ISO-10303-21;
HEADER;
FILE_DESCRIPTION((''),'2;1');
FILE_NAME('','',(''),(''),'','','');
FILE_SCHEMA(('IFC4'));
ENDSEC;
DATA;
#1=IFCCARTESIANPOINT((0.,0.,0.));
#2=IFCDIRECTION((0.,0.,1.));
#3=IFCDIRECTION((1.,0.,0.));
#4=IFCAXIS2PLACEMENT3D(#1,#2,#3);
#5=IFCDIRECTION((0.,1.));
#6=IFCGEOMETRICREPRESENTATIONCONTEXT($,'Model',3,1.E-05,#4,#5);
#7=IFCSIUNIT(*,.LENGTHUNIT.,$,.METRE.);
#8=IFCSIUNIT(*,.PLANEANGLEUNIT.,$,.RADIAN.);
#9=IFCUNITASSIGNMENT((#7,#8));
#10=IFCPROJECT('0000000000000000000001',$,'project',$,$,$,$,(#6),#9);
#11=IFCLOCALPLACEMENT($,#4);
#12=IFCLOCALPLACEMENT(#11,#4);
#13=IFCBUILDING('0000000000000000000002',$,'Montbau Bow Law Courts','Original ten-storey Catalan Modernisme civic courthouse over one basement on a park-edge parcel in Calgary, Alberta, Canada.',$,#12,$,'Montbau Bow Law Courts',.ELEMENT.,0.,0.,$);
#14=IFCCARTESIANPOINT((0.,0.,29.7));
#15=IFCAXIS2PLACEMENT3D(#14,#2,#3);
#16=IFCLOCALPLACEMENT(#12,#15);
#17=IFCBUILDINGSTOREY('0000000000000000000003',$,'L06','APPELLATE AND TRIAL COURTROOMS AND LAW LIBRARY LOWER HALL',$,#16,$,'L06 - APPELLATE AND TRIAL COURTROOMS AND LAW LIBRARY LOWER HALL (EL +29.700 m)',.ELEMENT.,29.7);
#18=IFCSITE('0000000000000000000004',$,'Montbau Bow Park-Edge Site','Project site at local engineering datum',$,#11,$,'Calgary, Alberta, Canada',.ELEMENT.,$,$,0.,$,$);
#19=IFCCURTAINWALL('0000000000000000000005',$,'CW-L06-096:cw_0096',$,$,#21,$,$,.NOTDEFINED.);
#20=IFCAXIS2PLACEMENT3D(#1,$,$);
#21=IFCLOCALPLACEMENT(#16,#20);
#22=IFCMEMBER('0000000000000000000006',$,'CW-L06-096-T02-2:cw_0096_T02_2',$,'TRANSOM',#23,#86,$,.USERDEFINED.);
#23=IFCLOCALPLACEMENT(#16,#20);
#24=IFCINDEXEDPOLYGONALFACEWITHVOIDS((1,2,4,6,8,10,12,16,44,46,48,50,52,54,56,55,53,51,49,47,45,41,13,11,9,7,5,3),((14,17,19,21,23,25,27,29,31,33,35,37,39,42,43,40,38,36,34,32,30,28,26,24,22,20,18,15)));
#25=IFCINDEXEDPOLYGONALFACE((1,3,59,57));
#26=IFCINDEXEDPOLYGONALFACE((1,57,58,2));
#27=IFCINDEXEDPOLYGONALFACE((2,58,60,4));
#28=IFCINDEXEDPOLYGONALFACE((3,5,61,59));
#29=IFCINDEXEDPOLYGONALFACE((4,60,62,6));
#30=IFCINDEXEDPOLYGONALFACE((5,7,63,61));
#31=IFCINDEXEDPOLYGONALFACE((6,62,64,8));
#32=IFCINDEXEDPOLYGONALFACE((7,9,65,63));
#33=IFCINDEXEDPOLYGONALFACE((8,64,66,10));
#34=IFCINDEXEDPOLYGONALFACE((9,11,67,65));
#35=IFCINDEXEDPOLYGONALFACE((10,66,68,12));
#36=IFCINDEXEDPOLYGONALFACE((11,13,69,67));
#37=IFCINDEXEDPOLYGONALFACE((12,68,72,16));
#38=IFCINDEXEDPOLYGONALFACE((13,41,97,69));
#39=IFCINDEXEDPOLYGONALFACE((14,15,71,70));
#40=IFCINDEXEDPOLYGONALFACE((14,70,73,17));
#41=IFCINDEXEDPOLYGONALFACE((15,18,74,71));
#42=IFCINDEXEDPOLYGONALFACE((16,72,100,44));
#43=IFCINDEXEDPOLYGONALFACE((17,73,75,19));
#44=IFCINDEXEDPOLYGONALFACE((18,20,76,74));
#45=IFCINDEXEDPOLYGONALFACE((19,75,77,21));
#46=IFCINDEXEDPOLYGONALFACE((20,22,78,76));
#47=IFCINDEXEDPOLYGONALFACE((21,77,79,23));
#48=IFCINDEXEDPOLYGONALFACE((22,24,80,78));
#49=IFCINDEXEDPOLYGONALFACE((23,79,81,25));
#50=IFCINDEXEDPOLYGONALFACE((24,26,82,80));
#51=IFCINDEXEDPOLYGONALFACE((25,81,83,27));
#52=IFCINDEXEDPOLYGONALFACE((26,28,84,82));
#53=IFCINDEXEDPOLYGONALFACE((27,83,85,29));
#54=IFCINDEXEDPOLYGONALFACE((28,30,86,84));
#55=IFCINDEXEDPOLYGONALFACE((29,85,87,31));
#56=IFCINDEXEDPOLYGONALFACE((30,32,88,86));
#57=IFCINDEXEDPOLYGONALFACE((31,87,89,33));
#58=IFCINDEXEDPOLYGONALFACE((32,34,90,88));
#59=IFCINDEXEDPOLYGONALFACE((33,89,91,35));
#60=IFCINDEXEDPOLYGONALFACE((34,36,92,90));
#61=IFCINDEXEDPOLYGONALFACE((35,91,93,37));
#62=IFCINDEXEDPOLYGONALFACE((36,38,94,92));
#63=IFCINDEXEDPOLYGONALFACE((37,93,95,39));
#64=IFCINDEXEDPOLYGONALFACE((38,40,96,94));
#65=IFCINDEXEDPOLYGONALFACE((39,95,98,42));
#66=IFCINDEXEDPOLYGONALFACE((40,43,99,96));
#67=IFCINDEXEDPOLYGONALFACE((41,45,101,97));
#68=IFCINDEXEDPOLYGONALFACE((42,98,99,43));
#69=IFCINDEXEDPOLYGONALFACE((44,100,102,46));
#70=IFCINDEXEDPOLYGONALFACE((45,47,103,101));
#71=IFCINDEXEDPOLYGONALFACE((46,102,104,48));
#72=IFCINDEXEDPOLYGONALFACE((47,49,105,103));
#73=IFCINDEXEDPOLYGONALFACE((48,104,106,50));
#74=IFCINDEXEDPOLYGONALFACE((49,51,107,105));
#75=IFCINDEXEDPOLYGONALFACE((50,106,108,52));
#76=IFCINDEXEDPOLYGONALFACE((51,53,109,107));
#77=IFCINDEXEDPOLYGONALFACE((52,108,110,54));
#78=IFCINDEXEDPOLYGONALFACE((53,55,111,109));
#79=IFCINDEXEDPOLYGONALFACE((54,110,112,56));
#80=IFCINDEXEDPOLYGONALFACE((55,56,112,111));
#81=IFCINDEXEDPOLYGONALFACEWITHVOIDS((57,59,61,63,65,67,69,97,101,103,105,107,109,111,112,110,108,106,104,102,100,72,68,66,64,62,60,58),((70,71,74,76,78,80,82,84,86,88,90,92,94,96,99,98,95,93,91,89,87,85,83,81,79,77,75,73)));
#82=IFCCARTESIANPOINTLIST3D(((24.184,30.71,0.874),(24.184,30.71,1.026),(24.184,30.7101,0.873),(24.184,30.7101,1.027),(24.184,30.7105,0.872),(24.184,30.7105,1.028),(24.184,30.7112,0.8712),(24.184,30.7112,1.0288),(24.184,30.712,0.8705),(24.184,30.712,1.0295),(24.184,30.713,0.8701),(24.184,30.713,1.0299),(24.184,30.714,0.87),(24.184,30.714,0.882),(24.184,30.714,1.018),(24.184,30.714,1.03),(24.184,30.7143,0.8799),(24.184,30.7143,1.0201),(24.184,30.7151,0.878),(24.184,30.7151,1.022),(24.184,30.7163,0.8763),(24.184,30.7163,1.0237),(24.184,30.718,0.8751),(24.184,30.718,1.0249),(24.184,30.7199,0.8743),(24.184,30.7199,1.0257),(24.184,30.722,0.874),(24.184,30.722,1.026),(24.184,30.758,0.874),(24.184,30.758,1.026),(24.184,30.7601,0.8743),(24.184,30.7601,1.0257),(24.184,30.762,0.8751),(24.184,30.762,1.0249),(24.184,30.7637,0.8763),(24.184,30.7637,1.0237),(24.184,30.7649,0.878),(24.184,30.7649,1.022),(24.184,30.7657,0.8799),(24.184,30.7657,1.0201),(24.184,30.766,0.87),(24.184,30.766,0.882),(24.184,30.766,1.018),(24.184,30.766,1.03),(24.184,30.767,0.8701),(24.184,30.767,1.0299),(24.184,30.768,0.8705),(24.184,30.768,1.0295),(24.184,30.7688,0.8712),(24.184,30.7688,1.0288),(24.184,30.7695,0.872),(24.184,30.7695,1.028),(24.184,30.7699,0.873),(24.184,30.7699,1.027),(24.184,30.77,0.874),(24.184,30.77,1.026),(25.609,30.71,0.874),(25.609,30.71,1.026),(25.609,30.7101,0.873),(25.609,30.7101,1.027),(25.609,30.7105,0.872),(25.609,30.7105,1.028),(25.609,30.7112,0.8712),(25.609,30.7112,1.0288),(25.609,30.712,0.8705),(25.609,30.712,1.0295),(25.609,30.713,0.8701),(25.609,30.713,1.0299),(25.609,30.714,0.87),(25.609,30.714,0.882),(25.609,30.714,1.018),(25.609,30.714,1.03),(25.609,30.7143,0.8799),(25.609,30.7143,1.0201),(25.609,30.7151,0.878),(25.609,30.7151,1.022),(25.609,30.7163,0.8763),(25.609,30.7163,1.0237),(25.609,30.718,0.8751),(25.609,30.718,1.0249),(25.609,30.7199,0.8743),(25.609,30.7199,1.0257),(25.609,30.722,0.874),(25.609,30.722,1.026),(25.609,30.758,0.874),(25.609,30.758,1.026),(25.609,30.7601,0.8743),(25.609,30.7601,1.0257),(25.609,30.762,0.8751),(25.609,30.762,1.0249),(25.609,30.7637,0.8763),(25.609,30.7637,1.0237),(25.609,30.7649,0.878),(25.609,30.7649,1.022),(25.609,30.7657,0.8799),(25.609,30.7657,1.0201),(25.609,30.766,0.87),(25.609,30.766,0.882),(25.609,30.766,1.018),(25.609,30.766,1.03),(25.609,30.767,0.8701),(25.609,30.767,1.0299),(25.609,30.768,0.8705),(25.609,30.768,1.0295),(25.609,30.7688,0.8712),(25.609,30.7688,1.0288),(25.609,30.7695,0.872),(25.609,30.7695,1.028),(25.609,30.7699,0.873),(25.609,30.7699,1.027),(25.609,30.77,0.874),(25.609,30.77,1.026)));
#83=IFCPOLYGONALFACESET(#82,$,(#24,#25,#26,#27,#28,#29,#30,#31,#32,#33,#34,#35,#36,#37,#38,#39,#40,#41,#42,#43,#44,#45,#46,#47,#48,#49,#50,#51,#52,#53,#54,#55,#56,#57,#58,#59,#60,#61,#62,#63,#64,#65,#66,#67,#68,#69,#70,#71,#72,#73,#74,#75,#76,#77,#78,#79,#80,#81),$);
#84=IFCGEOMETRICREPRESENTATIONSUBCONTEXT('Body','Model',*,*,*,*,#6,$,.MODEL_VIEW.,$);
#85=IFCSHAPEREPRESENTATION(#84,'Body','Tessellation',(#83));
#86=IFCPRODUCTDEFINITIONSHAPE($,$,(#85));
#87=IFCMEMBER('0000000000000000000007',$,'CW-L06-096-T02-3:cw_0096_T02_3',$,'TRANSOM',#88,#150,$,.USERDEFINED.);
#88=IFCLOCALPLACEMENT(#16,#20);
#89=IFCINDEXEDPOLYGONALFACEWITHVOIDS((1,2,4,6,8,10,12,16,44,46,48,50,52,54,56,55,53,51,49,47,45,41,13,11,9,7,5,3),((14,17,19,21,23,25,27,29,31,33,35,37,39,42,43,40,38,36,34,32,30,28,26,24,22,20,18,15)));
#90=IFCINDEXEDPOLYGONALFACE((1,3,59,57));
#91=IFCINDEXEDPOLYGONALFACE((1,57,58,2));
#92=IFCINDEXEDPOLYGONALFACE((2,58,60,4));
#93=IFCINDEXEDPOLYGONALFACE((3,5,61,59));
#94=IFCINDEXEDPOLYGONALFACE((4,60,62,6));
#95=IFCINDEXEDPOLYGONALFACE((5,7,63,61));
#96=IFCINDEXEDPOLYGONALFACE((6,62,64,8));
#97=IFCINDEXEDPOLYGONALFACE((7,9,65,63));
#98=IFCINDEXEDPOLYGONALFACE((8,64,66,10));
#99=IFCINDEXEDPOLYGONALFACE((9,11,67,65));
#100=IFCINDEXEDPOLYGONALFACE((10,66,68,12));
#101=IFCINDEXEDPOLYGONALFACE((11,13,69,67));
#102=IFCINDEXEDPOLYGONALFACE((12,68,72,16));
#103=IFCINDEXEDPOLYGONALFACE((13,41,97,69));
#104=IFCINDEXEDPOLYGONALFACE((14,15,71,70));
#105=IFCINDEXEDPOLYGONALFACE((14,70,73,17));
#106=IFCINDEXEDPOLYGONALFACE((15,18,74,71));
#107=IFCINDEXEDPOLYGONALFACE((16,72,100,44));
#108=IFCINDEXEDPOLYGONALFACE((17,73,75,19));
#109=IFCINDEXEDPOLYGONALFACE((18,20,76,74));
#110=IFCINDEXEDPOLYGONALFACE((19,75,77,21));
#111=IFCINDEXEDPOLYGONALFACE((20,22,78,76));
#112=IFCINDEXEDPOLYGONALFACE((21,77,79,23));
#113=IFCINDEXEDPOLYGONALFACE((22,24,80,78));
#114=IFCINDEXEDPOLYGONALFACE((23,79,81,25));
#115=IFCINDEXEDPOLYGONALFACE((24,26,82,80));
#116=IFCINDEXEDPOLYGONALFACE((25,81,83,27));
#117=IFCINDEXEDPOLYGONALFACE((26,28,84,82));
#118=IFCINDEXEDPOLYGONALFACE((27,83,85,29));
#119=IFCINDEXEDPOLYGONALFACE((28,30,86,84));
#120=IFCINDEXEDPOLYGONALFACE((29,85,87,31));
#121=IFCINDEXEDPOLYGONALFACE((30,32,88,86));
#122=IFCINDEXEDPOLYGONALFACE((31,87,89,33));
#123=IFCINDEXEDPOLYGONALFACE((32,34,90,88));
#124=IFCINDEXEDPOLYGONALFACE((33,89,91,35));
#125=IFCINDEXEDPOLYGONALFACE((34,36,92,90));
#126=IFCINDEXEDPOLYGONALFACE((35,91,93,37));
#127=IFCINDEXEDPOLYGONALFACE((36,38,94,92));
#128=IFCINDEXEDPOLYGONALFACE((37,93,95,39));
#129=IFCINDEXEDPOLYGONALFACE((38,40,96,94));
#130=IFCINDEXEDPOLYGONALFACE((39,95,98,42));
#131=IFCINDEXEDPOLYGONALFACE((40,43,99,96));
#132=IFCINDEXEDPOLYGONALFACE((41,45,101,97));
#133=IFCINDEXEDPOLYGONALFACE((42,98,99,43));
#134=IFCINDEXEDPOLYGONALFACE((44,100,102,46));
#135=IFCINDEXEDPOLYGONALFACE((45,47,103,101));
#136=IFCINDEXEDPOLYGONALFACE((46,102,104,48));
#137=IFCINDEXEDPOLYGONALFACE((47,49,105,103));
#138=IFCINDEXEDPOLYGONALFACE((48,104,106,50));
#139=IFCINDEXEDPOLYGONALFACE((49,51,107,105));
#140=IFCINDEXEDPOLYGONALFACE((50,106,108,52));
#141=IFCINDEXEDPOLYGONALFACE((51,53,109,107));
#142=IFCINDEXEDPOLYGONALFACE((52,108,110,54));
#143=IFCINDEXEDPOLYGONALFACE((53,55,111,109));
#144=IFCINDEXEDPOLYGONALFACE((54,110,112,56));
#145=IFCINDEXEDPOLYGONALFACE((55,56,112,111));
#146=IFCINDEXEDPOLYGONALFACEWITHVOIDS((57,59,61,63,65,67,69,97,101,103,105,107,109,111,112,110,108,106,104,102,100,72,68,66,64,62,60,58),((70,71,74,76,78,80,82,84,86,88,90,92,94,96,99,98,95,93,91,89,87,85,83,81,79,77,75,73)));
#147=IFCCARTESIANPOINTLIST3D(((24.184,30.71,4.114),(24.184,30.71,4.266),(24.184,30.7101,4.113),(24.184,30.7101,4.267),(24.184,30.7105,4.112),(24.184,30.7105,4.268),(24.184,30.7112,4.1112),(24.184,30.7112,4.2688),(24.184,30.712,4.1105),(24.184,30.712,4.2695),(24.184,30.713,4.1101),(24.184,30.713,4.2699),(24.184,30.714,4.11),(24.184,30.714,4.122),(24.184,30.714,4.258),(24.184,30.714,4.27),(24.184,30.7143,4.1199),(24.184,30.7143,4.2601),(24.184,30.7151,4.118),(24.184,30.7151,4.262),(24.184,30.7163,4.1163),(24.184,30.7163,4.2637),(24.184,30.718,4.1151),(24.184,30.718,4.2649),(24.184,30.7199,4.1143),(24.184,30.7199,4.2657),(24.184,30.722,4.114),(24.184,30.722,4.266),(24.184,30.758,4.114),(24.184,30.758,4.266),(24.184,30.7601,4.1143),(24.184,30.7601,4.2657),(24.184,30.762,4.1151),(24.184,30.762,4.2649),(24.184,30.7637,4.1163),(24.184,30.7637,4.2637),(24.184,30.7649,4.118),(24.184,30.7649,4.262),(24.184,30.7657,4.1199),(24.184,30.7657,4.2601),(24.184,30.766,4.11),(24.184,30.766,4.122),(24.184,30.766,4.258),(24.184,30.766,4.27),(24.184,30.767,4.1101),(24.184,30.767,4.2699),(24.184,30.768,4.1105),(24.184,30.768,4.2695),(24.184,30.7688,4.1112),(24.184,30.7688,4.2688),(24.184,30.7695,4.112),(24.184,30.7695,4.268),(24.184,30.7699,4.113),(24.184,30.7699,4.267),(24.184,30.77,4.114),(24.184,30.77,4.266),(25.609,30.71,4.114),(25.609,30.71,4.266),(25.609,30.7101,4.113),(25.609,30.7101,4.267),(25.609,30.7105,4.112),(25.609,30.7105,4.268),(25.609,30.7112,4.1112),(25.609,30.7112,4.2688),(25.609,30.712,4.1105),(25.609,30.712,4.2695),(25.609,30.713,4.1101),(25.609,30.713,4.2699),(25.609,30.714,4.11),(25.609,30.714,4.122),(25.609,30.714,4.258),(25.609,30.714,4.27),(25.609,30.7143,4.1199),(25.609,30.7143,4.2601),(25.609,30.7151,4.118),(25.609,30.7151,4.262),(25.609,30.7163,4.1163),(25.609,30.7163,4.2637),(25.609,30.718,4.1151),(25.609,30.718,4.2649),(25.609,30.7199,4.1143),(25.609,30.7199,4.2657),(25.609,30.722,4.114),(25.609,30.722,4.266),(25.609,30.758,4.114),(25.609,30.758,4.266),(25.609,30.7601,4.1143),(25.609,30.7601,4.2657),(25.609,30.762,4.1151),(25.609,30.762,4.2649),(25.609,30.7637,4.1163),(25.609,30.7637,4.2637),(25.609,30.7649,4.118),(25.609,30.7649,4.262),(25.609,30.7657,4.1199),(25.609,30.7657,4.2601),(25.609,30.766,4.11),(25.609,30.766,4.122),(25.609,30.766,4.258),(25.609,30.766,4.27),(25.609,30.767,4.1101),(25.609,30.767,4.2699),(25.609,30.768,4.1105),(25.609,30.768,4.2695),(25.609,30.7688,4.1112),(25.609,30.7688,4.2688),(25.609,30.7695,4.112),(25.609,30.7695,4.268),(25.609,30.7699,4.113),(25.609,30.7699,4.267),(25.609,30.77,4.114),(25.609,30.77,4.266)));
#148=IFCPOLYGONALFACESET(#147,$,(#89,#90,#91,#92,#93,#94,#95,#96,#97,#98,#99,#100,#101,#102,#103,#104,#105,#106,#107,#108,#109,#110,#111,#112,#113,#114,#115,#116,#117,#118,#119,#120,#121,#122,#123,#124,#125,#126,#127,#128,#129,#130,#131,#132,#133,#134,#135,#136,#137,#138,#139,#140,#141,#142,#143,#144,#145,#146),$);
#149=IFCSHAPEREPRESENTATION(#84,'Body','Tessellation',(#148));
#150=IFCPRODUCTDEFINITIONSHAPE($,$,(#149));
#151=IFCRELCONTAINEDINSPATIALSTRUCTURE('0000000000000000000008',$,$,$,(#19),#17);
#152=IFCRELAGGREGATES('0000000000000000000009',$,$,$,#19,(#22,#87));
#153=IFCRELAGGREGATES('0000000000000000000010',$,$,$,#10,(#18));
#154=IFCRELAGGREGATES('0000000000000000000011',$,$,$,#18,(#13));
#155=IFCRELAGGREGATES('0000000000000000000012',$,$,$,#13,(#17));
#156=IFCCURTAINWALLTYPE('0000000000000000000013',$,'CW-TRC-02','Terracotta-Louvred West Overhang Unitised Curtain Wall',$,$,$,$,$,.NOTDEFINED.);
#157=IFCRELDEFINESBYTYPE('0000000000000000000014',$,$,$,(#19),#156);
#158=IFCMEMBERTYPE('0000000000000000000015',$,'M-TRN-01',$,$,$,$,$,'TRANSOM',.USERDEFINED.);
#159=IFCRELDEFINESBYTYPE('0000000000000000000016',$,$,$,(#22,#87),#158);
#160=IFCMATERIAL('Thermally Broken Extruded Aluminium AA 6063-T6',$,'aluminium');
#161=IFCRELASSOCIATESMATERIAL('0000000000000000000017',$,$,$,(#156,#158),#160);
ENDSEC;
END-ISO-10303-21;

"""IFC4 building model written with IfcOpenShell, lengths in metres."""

from ifc_helpers import new_model, si_unit, direction, frame, origin_with_axes, origin_2d_with_axis, place, context, subcontext, project, spatial, hollow_rectangle, extrude, material, material_profile, profile_set, type_object, element, aggregate, save


model = new_model("IFC4")

# Units and contexts
model_context = context("Model", 3, precision=1e-05, world=origin_with_axes(), true_north=direction((0.0, 1.0)))
body_context = subcontext(model_context, "Body", "Model", "MODEL_VIEW")
ifc_project = project(units=[si_unit("LENGTHUNIT", "METRE"), si_unit("PLANEANGLEUNIT", "RADIAN")], contexts=[model_context])

# Site, building, storey
site_placement = place(None, origin_with_axes())
site = spatial("IfcSite", under=ifc_project, at=site_placement, Name="Montbau Bow Park-Edge Site", Description="Project site at local engineering datum", LongName="Calgary, Alberta, Canada", CompositionType="ELEMENT", RefElevation=0.0)
building_placement = place(site_placement, origin_with_axes())
building = spatial("IfcBuilding", under=site, at=building_placement, Name="Montbau Bow Law Courts", Description="Original ten-storey Catalan Modernisme civic courthouse over one basement on a park-edge parcel in Calgary, Alberta, Canada.", LongName="Montbau Bow Law Courts", CompositionType="ELEMENT", ElevationOfRefHeight=0.0, ElevationOfTerrain=0.0)
storey_placement = place(building_placement, frame((0.0, 0.0, 29.7), z_axis=(0.0, 0.0, 1.0), x_axis=(1.0, 0.0, 0.0)))
storey = spatial("IfcBuildingStorey", under=building, at=storey_placement, Name="L06", Description="APPELLATE AND TRIAL COURTROOMS AND LAW LIBRARY LOWER HALL", LongName="L06 - APPELLATE AND TRIAL COURTROOMS AND LAW LIBRARY LOWER HALL (EL +29.700 m)", CompositionType="ELEMENT", Elevation=29.7)

# Curtain wall, members
ifc_material_1 = material(Name="Thermally Broken Extruded Aluminium AA 6063-T6", Category="aluminium")
curtain_wall_type = type_object("IfcCurtainWallType", Name="CW-TRC-02", Description="Terracotta-Louvred West Overhang Unitised Curtain Wall", PredefinedType="NOTDEFINED", material=ifc_material_1)
curtain_wall_placement = place(None, frame((22.64, 30.74, 29.7), z_axis=(0.0, 0.0, 1.0), x_axis=(1.0, 0.0, 0.0)))
curtain_wall = element("IfcCurtainWall", 1, at=curtain_wall_placement, inside=storey, type_object=curtain_wall_type, Name="CW-L06-096:cw_0096", PredefinedType="NOTDEFINED")
ifc_material_profile_1 = material_profile(ifc_material_1, hollow_rectangle(XDim=0.06, YDim=0.16, WallThickness=0.004, InnerFilletRadius=0.008, OuterFilletRadius=0.004, at=origin_2d_with_axis()), Name="CWT-160X60", Category="Main", Priority=0)
ifc_profile_set_1 = profile_set([ifc_material_profile_1], Name="Thermally Broken Extruded Aluminium AA 6063-T6")
member_type_1 = type_object("IfcMemberType", Name="M-TRN-01", ElementType="TRANSOM", PredefinedType="USERDEFINED", material=ifc_profile_set_1)
member_1_placement = place(None, frame((24.184, 30.74, 30.65), z_axis=(1.0, 0.0, 0.0), x_axis=(0.0, 1.0, 0.0)))
member_1 = element("IfcMember", 2, at=member_1_placement, type_object=member_type_1, Name="CW-L06-096-T02-2:cw_0096_T02_2", ObjectType="TRANSOM", PredefinedType="USERDEFINED", context=body_context, shape_type="SweptSolid", body=[
    extrude(hollow_rectangle(XDim=0.06, YDim=0.16, WallThickness=0.004, InnerFilletRadius=0.008, OuterFilletRadius=0.004, at=origin_2d_with_axis()), origin_with_axes(), (0.0, 0.0, 1.0), 1.425),
])
member_2_placement = place(None, frame((24.184, 30.74, 33.89), z_axis=(1.0, 0.0, 0.0), x_axis=(0.0, 1.0, 0.0)))
member_2 = element("IfcMember", 3, at=member_2_placement, type_object=member_type_1, Name="CW-L06-096-T02-3:cw_0096_T02_3", ObjectType="TRANSOM", PredefinedType="USERDEFINED", context=body_context, shape_type="SweptSolid", body=[
    extrude(hollow_rectangle(XDim=0.06, YDim=0.16, WallThickness=0.004, InnerFilletRadius=0.008, OuterFilletRadius=0.004, at=origin_2d_with_axis()), origin_with_axes(), (0.0, 0.0, 1.0), 1.425),
])
aggregate(curtain_wall, [member_1, member_2])

save(model, "model.ifc")
